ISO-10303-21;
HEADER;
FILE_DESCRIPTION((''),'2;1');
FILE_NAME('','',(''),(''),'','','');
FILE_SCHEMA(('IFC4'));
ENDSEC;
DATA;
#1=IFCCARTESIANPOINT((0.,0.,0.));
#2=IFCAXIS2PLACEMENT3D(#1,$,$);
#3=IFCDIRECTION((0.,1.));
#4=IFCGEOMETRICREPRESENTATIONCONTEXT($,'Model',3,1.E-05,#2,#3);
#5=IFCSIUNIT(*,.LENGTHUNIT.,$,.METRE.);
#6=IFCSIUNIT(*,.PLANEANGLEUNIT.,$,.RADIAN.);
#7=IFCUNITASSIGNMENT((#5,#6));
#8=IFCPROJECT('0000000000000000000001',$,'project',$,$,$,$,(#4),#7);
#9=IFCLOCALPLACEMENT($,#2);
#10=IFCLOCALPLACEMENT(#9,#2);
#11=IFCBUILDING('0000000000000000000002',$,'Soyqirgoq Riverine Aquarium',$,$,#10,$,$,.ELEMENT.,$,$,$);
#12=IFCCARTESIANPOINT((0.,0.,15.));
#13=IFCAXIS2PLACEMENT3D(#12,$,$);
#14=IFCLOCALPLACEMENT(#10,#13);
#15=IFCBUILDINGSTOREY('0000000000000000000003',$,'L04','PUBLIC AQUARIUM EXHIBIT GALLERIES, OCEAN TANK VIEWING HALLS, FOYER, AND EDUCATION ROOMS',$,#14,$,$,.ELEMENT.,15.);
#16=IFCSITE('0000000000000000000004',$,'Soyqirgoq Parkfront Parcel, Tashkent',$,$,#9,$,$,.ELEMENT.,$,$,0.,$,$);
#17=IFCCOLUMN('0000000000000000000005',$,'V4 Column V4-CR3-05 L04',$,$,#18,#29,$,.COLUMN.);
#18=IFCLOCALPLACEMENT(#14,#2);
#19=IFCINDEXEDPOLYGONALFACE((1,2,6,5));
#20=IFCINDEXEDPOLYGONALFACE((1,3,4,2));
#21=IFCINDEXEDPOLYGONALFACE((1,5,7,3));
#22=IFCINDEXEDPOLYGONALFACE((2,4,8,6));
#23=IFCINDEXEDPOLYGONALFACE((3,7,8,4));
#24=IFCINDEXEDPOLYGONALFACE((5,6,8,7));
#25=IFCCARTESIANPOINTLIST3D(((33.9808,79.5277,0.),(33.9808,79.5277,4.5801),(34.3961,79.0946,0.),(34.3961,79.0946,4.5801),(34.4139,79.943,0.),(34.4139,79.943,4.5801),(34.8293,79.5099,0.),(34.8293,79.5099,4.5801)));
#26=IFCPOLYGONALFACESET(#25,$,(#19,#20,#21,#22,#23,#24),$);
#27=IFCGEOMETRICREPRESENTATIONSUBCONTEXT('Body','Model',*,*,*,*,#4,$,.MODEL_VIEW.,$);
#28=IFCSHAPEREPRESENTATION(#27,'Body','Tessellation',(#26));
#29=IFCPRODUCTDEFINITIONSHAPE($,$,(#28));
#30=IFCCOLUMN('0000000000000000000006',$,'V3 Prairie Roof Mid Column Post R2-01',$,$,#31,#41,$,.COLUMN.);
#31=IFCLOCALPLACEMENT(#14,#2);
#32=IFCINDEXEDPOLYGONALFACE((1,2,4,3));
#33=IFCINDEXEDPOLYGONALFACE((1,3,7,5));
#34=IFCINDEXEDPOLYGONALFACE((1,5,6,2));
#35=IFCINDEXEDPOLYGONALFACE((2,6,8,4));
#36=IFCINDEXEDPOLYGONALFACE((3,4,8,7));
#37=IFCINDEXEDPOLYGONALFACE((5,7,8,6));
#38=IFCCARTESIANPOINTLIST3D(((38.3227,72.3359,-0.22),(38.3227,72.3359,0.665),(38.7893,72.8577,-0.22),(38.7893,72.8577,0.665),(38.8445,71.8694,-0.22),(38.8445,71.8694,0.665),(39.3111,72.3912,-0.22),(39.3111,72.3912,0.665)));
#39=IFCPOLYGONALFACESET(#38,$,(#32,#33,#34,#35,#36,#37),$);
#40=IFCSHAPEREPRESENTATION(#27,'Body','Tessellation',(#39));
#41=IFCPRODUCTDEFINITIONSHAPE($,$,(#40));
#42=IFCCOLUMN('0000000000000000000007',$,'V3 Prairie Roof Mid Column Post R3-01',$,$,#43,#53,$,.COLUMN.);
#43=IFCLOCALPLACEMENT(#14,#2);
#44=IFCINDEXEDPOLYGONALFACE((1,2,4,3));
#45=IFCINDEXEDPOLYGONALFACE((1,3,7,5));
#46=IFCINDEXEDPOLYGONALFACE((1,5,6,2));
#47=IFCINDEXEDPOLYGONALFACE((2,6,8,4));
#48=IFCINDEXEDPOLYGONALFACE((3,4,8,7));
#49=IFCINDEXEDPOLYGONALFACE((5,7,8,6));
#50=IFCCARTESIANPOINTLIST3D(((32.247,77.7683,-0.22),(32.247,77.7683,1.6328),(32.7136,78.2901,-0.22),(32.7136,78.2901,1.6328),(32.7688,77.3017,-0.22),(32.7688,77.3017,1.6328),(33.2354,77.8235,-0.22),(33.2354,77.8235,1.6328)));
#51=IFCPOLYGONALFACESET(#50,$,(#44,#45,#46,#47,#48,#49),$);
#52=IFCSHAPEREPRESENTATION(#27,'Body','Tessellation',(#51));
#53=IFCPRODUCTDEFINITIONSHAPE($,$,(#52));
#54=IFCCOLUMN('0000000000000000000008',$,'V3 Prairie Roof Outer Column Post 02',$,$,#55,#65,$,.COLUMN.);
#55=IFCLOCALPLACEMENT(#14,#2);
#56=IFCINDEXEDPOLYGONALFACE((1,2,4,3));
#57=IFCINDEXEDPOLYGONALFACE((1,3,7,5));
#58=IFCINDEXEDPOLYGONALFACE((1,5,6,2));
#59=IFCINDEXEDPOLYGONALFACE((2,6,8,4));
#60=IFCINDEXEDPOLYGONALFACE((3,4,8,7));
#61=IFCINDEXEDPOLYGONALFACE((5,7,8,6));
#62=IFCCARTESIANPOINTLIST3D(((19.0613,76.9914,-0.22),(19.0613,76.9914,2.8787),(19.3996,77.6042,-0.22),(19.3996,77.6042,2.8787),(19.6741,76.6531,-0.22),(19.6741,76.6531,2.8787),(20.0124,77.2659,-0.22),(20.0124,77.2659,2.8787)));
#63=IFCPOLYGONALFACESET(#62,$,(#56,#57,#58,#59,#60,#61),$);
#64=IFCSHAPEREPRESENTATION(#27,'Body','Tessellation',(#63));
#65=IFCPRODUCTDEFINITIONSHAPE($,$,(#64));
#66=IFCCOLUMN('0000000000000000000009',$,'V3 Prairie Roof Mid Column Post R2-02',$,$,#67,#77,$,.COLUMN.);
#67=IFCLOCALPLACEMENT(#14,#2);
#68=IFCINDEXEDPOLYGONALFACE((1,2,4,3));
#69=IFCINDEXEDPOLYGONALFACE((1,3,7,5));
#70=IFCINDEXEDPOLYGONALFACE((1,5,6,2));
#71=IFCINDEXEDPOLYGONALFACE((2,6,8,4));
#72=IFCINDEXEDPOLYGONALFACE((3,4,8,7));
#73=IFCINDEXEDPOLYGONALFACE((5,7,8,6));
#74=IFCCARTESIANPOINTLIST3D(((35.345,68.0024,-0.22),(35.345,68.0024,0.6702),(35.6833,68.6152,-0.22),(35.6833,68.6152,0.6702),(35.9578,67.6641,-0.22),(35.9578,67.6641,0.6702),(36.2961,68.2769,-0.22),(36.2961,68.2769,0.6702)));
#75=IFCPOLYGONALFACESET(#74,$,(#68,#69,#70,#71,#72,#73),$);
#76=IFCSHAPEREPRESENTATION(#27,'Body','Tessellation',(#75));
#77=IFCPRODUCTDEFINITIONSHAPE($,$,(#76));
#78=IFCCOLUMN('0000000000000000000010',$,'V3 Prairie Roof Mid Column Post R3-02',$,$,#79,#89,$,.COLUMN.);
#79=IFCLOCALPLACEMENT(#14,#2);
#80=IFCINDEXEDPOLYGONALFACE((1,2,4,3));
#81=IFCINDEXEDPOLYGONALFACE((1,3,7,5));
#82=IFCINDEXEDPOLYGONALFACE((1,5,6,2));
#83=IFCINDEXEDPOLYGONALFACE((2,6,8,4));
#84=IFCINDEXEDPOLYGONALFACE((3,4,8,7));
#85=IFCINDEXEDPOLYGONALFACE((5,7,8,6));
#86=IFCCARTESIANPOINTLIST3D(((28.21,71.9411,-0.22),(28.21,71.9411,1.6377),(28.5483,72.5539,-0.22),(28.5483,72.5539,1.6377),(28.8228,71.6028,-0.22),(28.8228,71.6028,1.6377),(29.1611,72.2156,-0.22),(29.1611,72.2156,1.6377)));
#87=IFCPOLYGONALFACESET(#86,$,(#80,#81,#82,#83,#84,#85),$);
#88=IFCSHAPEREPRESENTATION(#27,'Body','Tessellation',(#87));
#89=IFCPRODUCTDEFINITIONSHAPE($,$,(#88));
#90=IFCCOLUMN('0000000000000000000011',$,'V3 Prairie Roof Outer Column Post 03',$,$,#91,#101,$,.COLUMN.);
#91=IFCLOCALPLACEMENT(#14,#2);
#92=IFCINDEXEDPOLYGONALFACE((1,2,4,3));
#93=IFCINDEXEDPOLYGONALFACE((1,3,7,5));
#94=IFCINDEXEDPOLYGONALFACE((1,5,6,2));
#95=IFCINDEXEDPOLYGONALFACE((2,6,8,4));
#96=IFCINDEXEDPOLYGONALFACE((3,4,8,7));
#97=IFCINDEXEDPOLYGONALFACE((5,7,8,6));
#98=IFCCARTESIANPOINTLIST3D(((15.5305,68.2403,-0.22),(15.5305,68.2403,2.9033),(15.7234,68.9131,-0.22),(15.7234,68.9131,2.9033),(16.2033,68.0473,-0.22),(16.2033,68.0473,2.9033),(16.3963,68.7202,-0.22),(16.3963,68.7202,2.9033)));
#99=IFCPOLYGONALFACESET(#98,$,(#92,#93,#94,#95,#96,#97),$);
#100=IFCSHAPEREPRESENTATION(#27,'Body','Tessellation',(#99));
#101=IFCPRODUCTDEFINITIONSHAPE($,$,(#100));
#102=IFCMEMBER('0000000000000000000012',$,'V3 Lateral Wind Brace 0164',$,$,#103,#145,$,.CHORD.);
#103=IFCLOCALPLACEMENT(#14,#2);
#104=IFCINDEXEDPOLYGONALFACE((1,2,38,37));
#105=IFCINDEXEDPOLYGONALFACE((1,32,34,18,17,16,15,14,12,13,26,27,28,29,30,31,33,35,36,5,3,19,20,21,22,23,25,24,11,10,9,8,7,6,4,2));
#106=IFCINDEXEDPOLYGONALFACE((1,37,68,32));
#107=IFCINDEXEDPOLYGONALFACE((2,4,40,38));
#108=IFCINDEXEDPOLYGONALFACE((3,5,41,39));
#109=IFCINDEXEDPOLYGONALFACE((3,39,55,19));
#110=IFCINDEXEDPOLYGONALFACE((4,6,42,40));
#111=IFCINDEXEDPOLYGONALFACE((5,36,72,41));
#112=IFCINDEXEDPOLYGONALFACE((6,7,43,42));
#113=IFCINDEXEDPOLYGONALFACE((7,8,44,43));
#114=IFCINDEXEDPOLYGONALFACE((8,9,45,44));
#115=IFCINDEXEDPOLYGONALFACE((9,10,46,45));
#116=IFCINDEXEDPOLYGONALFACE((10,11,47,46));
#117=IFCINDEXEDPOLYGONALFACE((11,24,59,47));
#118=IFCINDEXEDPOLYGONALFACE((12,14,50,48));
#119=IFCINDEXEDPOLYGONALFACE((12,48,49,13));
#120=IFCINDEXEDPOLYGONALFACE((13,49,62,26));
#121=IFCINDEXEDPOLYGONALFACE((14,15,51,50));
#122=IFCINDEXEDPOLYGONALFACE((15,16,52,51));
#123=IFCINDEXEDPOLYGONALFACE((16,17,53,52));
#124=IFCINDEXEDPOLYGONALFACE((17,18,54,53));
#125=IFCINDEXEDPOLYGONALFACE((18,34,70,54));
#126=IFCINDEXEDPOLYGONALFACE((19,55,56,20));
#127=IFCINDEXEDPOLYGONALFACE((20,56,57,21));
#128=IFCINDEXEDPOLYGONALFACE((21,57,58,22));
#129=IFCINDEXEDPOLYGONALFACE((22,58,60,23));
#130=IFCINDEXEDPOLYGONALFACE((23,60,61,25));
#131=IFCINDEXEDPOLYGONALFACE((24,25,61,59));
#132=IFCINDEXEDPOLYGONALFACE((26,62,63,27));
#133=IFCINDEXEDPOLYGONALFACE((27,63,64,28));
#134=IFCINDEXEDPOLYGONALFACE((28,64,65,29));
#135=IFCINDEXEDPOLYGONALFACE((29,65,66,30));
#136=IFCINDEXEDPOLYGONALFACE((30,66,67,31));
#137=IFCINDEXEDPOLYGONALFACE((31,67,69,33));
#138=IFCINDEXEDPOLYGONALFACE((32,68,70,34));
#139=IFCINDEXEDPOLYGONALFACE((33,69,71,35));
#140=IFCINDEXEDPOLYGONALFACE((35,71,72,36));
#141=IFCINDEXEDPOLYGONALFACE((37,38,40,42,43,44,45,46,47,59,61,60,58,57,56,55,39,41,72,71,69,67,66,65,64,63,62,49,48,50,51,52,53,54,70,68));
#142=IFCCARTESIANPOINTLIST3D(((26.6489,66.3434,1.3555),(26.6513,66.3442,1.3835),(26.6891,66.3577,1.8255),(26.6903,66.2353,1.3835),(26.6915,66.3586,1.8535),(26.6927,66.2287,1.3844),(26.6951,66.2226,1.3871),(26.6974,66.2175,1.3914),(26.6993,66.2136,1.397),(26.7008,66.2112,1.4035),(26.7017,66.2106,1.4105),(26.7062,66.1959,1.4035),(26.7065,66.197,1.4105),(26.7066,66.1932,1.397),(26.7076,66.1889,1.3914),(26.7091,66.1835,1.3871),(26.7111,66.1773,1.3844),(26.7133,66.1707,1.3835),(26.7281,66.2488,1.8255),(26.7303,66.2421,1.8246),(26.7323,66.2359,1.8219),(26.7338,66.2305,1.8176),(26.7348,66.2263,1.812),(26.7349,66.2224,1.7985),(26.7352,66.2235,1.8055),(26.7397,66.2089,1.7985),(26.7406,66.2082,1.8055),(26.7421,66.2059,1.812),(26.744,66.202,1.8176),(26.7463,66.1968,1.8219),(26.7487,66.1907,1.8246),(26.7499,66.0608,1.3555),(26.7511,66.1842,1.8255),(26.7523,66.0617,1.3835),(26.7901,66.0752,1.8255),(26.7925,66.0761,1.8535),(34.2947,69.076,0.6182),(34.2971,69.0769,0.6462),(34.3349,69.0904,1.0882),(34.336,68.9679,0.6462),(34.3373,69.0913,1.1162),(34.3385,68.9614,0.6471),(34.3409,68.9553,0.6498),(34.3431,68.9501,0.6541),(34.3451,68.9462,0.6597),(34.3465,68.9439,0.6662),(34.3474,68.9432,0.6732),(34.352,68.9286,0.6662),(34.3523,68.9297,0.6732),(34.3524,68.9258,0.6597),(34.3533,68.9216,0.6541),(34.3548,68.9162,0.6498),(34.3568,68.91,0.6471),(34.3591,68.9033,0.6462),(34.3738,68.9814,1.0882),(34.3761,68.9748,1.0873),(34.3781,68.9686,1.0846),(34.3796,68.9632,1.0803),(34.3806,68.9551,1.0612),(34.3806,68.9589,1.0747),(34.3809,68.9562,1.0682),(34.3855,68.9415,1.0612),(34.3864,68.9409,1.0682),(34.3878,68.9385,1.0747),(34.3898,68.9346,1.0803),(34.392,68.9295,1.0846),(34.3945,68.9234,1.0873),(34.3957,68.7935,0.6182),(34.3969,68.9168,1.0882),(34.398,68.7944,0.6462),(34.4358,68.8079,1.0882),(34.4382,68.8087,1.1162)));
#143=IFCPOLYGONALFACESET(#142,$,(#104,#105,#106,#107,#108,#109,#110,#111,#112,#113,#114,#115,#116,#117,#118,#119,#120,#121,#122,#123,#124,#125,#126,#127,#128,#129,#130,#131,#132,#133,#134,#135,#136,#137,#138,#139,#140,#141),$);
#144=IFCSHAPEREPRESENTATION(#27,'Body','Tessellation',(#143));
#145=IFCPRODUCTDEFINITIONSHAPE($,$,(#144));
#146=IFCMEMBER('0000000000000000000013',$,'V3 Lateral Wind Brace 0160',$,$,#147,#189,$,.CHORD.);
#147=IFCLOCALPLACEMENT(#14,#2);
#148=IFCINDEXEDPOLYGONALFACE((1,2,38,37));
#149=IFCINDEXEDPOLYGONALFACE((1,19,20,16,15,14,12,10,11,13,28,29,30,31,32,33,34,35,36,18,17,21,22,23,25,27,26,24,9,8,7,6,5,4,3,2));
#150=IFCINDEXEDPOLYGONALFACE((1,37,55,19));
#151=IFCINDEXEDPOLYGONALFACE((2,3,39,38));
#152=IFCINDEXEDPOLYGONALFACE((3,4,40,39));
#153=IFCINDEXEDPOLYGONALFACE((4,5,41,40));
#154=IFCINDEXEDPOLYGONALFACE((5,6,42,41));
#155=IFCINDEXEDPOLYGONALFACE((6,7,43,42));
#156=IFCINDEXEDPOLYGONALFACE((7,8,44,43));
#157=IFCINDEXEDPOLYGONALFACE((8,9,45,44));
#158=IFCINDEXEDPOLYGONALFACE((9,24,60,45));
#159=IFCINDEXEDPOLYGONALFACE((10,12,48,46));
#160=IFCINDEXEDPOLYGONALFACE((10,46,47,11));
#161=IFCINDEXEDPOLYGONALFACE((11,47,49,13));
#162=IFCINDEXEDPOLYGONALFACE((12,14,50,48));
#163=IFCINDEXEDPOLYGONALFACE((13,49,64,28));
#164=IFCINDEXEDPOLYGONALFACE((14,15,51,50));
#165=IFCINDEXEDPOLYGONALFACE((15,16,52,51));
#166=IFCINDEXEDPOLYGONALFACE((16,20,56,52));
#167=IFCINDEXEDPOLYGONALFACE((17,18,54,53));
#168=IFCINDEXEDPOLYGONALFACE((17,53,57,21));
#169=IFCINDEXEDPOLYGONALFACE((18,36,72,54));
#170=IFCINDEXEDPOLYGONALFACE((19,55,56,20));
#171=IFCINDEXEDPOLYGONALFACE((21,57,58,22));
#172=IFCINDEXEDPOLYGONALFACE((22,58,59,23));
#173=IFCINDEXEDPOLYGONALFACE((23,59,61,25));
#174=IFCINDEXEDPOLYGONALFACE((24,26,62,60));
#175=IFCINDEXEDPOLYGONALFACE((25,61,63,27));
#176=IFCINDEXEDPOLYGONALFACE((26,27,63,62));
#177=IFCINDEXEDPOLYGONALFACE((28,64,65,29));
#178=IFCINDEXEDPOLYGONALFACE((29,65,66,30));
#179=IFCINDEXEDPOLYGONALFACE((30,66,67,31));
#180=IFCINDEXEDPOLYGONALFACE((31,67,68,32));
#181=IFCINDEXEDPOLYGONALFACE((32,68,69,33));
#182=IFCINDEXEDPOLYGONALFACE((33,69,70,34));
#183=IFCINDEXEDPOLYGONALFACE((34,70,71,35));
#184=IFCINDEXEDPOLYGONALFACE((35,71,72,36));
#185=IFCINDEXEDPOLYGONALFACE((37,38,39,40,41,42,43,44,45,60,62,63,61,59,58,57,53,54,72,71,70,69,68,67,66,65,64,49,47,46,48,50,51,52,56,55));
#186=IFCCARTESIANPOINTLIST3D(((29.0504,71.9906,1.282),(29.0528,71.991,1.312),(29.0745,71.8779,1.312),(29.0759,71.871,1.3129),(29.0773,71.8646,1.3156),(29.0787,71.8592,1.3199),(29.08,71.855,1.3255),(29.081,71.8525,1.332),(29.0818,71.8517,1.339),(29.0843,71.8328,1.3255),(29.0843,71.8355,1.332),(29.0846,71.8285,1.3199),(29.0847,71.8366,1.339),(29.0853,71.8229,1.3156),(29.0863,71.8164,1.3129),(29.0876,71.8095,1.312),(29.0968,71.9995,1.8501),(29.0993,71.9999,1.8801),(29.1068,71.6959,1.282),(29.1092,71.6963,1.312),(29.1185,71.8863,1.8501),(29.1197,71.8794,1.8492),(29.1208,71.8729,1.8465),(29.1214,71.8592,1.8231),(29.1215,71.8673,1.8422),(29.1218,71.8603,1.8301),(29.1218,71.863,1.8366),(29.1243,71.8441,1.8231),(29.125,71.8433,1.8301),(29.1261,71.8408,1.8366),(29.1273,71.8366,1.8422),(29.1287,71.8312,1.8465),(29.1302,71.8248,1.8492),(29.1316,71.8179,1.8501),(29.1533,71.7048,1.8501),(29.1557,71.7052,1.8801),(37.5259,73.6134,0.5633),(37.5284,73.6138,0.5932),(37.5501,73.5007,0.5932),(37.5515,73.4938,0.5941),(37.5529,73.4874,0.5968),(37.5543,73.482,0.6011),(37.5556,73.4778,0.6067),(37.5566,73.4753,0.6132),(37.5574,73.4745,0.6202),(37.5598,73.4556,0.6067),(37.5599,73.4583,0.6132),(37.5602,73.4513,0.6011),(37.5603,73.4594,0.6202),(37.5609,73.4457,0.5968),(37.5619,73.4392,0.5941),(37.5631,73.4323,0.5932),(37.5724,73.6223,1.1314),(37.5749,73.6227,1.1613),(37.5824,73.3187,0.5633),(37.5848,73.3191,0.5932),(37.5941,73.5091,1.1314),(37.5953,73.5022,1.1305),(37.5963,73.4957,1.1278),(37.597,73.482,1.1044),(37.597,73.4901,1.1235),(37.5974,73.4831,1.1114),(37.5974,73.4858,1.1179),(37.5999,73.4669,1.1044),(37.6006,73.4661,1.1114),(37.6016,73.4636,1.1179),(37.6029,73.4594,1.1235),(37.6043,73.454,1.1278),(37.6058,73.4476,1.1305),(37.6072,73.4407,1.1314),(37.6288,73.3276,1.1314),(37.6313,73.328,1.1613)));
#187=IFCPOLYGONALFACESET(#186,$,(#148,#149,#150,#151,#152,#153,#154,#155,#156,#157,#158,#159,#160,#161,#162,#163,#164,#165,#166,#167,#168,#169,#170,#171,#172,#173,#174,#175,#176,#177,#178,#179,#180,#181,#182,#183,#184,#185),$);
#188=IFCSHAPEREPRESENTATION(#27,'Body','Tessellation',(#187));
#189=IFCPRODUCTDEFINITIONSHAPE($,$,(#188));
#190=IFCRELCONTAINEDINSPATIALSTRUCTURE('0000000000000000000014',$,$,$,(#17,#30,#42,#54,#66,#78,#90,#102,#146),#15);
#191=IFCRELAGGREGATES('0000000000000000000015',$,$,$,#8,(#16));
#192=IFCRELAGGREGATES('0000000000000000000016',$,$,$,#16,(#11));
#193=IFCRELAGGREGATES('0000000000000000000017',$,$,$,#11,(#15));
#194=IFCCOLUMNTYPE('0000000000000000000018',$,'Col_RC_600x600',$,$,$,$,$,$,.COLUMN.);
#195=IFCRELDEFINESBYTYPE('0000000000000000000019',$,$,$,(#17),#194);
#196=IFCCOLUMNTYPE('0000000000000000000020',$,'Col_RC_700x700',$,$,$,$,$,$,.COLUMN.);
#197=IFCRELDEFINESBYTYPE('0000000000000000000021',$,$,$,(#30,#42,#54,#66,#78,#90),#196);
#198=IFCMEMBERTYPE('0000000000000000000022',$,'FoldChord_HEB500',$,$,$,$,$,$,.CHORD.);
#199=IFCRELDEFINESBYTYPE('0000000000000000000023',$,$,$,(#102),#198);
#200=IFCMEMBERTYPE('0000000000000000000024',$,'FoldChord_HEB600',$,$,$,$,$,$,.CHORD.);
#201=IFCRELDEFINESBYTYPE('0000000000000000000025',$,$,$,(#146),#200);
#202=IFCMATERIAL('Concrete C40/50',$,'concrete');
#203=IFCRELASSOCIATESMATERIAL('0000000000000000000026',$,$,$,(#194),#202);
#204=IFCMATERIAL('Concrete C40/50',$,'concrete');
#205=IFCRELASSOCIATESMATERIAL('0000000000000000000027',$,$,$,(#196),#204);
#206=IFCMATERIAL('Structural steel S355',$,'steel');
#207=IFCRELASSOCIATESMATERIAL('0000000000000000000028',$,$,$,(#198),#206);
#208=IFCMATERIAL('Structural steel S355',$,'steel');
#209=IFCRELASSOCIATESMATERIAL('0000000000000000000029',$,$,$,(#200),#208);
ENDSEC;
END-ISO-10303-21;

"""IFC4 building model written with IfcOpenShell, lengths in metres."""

from ifc_helpers import new_model, si_unit, direction, frame, origin, origin_2d, place, context, subcontext, project, spatial, rectangle, i_section, extrude, material, material_profile, profile_set, type_object, element, save


model = new_model("IFC4")

# Units and contexts
model_context = context("Model", 3, precision=1e-05, world=origin(), true_north=direction((0.0, 1.0)))
body_context = subcontext(model_context, "Body", "Model", "MODEL_VIEW")
ifc_project = project(units=[si_unit("LENGTHUNIT", "METRE"), si_unit("PLANEANGLEUNIT", "RADIAN")], contexts=[model_context])

# Site, building, storey
site_placement = place(None, origin())
site = spatial("IfcSite", under=ifc_project, at=site_placement, Name="Soyqirgoq Parkfront Parcel, Tashkent", CompositionType="ELEMENT", RefElevation=0.0)
building_placement = place(site_placement, origin())
building = spatial("IfcBuilding", under=site, at=building_placement, Name="Soyqirgoq Riverine Aquarium", CompositionType="ELEMENT")
storey_placement = place(building_placement, frame((0.0, 0.0, 15.0)))
storey = spatial("IfcBuildingStorey", under=building, at=storey_placement, Name="L04", Description="PUBLIC AQUARIUM EXHIBIT GALLERIES, OCEAN TANK VIEWING HALLS, FOYER, AND EDUCATION ROOMS", CompositionType="ELEMENT", Elevation=15.0)

# Columns
ifc_material_1 = material(Name="Concrete C40/50", Category="concrete")
ifc_material_profile_1 = material_profile(ifc_material_1, rectangle(XDim=0.6001, YDim=0.6001, at=origin_2d()), Name="RC 600x600")
ifc_profile_set_1 = profile_set([ifc_material_profile_1], Name="Concrete C40/50")
column_type_1 = type_object("IfcColumnType", Name="Col_RC_600x600", PredefinedType="COLUMN", material=ifc_profile_set_1)
column_1_placement = place(storey_placement, frame((34.405, 79.5188, 0.0), z_axis=(0.0, 0.0, 1.0), x_axis=(-0.692143, 0.72176, 0.0)))
element("IfcColumn", 1, at=column_1_placement, inside=storey, type_object=column_type_1, Name="V4 Column V4-CR3-05 L04", PredefinedType="COLUMN", context=body_context, shape_type="SweptSolid", body=[
    extrude(rectangle(XDim=0.6001, YDim=0.6001, at=origin_2d()), origin(), (0.0, 0.0, 1.0), 4.5801),
])
ifc_material_2 = material(Name="Concrete C40/50", Category="concrete")
ifc_material_profile_2 = material_profile(ifc_material_2, rectangle(XDim=0.7, YDim=0.7, at=origin_2d()), Name="RC 700x700")
ifc_profile_set_2 = profile_set([ifc_material_profile_2], Name="Concrete C40/50")
column_type_2 = type_object("IfcColumnType", Name="Col_RC_700x700", PredefinedType="COLUMN", material=ifc_profile_set_2)
column_2_placement = place(storey_placement, frame((38.8169, 72.3635, -0.22), z_axis=(0.0, 0.0, 1.0), x_axis=(-0.745476, 0.666532, 0.0)))
element("IfcColumn", 2, at=column_2_placement, inside=storey, type_object=column_type_2, Name="V3 Prairie Roof Mid Column Post R2-01", PredefinedType="COLUMN", context=body_context, shape_type="SweptSolid", body=[
    extrude(rectangle(XDim=0.7, YDim=0.7, at=origin_2d()), origin(), (0.0, 0.0, 1.0), 0.885),
])
column_3_placement = place(storey_placement, frame((32.7412, 77.7959, -0.22), z_axis=(0.0, 0.0, 1.0), x_axis=(-0.745476, 0.666532, 0.0)))
element("IfcColumn", 3, at=column_3_placement, inside=storey, type_object=column_type_2, Name="V3 Prairie Roof Mid Column Post R3-01", PredefinedType="COLUMN", context=body_context, shape_type="SweptSolid", body=[
    extrude(rectangle(XDim=0.7, YDim=0.7, at=origin_2d()), origin(), (0.0, 0.0, 1.0), 1.8528),
])
column_4_placement = place(storey_placement, frame((19.5369, 77.1287, -0.22), z_axis=(0.0, 0.0, 1.0), x_axis=(-0.875465, 0.483282, 0.0)))
element("IfcColumn", 4, at=column_4_placement, inside=storey, type_object=column_type_2, Name="V3 Prairie Roof Outer Column Post 02", PredefinedType="COLUMN", context=body_context, shape_type="SweptSolid", body=[
    extrude(rectangle(XDim=0.7, YDim=0.7, at=origin_2d()), origin(), (0.0, 0.0, 1.0), 3.0986),
])
column_5_placement = place(storey_placement, frame((35.8206, 68.1396, -0.22), z_axis=(0.0, 0.0, 1.0), x_axis=(-0.875465, 0.483282, 0.0)))
element("IfcColumn", 5, at=column_5_placement, inside=storey, type_object=column_type_2, Name="V3 Prairie Roof Mid Column Post R2-02", PredefinedType="COLUMN", context=body_context, shape_type="SweptSolid", body=[
    extrude(rectangle(XDim=0.7, YDim=0.7, at=origin_2d()), origin(), (0.0, 0.0, 1.0), 0.8901),
])
column_6_placement = place(storey_placement, frame((28.6855, 72.0784, -0.22), z_axis=(0.0, 0.0, 1.0), x_axis=(-0.875465, 0.483282, 0.0)))
element("IfcColumn", 6, at=column_6_placement, inside=storey, type_object=column_type_2, Name="V3 Prairie Roof Mid Column Post R3-02", PredefinedType="COLUMN", context=body_context, shape_type="SweptSolid", body=[
    extrude(rectangle(XDim=0.7, YDim=0.7, at=origin_2d()), origin(), (0.0, 0.0, 1.0), 1.8577),
])
column_7_placement = place(storey_placement, frame((15.9634, 68.4802, -0.22), z_axis=(0.0, 0.0, 1.0), x_axis=(-0.961262, 0.275637, 0.0)))
element("IfcColumn", 7, at=column_7_placement, inside=storey, type_object=column_type_2, Name="V3 Prairie Roof Outer Column Post 03", PredefinedType="COLUMN", context=body_context, shape_type="SweptSolid", body=[
    extrude(rectangle(XDim=0.7, YDim=0.7, at=origin_2d()), origin(), (0.0, 0.0, 1.0), 3.1233),
])

# Members
ifc_material_3 = material(Name="Structural steel S355", Category="steel")
ifc_material_profile_3 = material_profile(ifc_material_3, i_section(OverallWidth=0.3, OverallDepth=0.5, WebThickness=0.0144, FlangeThickness=0.0281, FilletRadius=0.0271, at=origin_2d()), Name="HEB 500")
ifc_profile_set_3 = profile_set([ifc_material_profile_3], Name="Structural steel S355")
member_type_1 = type_object("IfcMemberType", Name="FoldChord_HEB500", PredefinedType="CHORD", material=ifc_profile_set_3)
member_1_placement = place(storey_placement, frame((34.3665, 68.9424, 0.8672), z_axis=(-0.937804, -0.33518, 0.090435), x_axis=(0.336559, -0.941662, 0.0)))
element("IfcMember", 8, at=member_1_placement, inside=storey, type_object=member_type_1, Name="V3 Lateral Wind Brace 0164", PredefinedType="CHORD", context=body_context, shape_type="SweptSolid", body=[
    extrude(i_section(OverallWidth=0.3, OverallDepth=0.5, WebThickness=0.0144, FlangeThickness=0.0281, FilletRadius=0.0271, at=origin_2d()), origin(), (0.0, 0.0, 1.0), 8.1528),
])
ifc_material_4 = material(Name="Structural steel S355", Category="steel")
ifc_material_profile_4 = material_profile(ifc_material_4, i_section(OverallWidth=0.3, OverallDepth=0.6001, WebThickness=0.0154, FlangeThickness=0.03, FilletRadius=0.0271, at=origin_2d()), Name="HEB 600")
ifc_profile_set_4 = profile_set([ifc_material_profile_4], Name="Structural steel S355")
member_type_2 = type_object("IfcMemberType", Name="FoldChord_HEB600", PredefinedType="CHORD", material=ifc_profile_set_4)
member_2_placement = place(storey_placement, frame((37.5786, 73.4707, 0.8623), z_axis=(-0.97877, -0.187403, 0.083002), x_axis=(0.188052, -0.982159, 0.0)))
element("IfcMember", 9, at=member_2_placement, inside=storey, type_object=member_type_2, Name="V3 Lateral Wind Brace 0160", PredefinedType="CHORD", context=body_context, shape_type="SweptSolid", body=[
    extrude(i_section(OverallWidth=0.3, OverallDepth=0.6001, WebThickness=0.0154, FlangeThickness=0.03, FilletRadius=0.0271, at=origin_2d()), origin(), (0.0, 0.0, 1.0), 8.6594),
])

save(model, "model.ifc")
